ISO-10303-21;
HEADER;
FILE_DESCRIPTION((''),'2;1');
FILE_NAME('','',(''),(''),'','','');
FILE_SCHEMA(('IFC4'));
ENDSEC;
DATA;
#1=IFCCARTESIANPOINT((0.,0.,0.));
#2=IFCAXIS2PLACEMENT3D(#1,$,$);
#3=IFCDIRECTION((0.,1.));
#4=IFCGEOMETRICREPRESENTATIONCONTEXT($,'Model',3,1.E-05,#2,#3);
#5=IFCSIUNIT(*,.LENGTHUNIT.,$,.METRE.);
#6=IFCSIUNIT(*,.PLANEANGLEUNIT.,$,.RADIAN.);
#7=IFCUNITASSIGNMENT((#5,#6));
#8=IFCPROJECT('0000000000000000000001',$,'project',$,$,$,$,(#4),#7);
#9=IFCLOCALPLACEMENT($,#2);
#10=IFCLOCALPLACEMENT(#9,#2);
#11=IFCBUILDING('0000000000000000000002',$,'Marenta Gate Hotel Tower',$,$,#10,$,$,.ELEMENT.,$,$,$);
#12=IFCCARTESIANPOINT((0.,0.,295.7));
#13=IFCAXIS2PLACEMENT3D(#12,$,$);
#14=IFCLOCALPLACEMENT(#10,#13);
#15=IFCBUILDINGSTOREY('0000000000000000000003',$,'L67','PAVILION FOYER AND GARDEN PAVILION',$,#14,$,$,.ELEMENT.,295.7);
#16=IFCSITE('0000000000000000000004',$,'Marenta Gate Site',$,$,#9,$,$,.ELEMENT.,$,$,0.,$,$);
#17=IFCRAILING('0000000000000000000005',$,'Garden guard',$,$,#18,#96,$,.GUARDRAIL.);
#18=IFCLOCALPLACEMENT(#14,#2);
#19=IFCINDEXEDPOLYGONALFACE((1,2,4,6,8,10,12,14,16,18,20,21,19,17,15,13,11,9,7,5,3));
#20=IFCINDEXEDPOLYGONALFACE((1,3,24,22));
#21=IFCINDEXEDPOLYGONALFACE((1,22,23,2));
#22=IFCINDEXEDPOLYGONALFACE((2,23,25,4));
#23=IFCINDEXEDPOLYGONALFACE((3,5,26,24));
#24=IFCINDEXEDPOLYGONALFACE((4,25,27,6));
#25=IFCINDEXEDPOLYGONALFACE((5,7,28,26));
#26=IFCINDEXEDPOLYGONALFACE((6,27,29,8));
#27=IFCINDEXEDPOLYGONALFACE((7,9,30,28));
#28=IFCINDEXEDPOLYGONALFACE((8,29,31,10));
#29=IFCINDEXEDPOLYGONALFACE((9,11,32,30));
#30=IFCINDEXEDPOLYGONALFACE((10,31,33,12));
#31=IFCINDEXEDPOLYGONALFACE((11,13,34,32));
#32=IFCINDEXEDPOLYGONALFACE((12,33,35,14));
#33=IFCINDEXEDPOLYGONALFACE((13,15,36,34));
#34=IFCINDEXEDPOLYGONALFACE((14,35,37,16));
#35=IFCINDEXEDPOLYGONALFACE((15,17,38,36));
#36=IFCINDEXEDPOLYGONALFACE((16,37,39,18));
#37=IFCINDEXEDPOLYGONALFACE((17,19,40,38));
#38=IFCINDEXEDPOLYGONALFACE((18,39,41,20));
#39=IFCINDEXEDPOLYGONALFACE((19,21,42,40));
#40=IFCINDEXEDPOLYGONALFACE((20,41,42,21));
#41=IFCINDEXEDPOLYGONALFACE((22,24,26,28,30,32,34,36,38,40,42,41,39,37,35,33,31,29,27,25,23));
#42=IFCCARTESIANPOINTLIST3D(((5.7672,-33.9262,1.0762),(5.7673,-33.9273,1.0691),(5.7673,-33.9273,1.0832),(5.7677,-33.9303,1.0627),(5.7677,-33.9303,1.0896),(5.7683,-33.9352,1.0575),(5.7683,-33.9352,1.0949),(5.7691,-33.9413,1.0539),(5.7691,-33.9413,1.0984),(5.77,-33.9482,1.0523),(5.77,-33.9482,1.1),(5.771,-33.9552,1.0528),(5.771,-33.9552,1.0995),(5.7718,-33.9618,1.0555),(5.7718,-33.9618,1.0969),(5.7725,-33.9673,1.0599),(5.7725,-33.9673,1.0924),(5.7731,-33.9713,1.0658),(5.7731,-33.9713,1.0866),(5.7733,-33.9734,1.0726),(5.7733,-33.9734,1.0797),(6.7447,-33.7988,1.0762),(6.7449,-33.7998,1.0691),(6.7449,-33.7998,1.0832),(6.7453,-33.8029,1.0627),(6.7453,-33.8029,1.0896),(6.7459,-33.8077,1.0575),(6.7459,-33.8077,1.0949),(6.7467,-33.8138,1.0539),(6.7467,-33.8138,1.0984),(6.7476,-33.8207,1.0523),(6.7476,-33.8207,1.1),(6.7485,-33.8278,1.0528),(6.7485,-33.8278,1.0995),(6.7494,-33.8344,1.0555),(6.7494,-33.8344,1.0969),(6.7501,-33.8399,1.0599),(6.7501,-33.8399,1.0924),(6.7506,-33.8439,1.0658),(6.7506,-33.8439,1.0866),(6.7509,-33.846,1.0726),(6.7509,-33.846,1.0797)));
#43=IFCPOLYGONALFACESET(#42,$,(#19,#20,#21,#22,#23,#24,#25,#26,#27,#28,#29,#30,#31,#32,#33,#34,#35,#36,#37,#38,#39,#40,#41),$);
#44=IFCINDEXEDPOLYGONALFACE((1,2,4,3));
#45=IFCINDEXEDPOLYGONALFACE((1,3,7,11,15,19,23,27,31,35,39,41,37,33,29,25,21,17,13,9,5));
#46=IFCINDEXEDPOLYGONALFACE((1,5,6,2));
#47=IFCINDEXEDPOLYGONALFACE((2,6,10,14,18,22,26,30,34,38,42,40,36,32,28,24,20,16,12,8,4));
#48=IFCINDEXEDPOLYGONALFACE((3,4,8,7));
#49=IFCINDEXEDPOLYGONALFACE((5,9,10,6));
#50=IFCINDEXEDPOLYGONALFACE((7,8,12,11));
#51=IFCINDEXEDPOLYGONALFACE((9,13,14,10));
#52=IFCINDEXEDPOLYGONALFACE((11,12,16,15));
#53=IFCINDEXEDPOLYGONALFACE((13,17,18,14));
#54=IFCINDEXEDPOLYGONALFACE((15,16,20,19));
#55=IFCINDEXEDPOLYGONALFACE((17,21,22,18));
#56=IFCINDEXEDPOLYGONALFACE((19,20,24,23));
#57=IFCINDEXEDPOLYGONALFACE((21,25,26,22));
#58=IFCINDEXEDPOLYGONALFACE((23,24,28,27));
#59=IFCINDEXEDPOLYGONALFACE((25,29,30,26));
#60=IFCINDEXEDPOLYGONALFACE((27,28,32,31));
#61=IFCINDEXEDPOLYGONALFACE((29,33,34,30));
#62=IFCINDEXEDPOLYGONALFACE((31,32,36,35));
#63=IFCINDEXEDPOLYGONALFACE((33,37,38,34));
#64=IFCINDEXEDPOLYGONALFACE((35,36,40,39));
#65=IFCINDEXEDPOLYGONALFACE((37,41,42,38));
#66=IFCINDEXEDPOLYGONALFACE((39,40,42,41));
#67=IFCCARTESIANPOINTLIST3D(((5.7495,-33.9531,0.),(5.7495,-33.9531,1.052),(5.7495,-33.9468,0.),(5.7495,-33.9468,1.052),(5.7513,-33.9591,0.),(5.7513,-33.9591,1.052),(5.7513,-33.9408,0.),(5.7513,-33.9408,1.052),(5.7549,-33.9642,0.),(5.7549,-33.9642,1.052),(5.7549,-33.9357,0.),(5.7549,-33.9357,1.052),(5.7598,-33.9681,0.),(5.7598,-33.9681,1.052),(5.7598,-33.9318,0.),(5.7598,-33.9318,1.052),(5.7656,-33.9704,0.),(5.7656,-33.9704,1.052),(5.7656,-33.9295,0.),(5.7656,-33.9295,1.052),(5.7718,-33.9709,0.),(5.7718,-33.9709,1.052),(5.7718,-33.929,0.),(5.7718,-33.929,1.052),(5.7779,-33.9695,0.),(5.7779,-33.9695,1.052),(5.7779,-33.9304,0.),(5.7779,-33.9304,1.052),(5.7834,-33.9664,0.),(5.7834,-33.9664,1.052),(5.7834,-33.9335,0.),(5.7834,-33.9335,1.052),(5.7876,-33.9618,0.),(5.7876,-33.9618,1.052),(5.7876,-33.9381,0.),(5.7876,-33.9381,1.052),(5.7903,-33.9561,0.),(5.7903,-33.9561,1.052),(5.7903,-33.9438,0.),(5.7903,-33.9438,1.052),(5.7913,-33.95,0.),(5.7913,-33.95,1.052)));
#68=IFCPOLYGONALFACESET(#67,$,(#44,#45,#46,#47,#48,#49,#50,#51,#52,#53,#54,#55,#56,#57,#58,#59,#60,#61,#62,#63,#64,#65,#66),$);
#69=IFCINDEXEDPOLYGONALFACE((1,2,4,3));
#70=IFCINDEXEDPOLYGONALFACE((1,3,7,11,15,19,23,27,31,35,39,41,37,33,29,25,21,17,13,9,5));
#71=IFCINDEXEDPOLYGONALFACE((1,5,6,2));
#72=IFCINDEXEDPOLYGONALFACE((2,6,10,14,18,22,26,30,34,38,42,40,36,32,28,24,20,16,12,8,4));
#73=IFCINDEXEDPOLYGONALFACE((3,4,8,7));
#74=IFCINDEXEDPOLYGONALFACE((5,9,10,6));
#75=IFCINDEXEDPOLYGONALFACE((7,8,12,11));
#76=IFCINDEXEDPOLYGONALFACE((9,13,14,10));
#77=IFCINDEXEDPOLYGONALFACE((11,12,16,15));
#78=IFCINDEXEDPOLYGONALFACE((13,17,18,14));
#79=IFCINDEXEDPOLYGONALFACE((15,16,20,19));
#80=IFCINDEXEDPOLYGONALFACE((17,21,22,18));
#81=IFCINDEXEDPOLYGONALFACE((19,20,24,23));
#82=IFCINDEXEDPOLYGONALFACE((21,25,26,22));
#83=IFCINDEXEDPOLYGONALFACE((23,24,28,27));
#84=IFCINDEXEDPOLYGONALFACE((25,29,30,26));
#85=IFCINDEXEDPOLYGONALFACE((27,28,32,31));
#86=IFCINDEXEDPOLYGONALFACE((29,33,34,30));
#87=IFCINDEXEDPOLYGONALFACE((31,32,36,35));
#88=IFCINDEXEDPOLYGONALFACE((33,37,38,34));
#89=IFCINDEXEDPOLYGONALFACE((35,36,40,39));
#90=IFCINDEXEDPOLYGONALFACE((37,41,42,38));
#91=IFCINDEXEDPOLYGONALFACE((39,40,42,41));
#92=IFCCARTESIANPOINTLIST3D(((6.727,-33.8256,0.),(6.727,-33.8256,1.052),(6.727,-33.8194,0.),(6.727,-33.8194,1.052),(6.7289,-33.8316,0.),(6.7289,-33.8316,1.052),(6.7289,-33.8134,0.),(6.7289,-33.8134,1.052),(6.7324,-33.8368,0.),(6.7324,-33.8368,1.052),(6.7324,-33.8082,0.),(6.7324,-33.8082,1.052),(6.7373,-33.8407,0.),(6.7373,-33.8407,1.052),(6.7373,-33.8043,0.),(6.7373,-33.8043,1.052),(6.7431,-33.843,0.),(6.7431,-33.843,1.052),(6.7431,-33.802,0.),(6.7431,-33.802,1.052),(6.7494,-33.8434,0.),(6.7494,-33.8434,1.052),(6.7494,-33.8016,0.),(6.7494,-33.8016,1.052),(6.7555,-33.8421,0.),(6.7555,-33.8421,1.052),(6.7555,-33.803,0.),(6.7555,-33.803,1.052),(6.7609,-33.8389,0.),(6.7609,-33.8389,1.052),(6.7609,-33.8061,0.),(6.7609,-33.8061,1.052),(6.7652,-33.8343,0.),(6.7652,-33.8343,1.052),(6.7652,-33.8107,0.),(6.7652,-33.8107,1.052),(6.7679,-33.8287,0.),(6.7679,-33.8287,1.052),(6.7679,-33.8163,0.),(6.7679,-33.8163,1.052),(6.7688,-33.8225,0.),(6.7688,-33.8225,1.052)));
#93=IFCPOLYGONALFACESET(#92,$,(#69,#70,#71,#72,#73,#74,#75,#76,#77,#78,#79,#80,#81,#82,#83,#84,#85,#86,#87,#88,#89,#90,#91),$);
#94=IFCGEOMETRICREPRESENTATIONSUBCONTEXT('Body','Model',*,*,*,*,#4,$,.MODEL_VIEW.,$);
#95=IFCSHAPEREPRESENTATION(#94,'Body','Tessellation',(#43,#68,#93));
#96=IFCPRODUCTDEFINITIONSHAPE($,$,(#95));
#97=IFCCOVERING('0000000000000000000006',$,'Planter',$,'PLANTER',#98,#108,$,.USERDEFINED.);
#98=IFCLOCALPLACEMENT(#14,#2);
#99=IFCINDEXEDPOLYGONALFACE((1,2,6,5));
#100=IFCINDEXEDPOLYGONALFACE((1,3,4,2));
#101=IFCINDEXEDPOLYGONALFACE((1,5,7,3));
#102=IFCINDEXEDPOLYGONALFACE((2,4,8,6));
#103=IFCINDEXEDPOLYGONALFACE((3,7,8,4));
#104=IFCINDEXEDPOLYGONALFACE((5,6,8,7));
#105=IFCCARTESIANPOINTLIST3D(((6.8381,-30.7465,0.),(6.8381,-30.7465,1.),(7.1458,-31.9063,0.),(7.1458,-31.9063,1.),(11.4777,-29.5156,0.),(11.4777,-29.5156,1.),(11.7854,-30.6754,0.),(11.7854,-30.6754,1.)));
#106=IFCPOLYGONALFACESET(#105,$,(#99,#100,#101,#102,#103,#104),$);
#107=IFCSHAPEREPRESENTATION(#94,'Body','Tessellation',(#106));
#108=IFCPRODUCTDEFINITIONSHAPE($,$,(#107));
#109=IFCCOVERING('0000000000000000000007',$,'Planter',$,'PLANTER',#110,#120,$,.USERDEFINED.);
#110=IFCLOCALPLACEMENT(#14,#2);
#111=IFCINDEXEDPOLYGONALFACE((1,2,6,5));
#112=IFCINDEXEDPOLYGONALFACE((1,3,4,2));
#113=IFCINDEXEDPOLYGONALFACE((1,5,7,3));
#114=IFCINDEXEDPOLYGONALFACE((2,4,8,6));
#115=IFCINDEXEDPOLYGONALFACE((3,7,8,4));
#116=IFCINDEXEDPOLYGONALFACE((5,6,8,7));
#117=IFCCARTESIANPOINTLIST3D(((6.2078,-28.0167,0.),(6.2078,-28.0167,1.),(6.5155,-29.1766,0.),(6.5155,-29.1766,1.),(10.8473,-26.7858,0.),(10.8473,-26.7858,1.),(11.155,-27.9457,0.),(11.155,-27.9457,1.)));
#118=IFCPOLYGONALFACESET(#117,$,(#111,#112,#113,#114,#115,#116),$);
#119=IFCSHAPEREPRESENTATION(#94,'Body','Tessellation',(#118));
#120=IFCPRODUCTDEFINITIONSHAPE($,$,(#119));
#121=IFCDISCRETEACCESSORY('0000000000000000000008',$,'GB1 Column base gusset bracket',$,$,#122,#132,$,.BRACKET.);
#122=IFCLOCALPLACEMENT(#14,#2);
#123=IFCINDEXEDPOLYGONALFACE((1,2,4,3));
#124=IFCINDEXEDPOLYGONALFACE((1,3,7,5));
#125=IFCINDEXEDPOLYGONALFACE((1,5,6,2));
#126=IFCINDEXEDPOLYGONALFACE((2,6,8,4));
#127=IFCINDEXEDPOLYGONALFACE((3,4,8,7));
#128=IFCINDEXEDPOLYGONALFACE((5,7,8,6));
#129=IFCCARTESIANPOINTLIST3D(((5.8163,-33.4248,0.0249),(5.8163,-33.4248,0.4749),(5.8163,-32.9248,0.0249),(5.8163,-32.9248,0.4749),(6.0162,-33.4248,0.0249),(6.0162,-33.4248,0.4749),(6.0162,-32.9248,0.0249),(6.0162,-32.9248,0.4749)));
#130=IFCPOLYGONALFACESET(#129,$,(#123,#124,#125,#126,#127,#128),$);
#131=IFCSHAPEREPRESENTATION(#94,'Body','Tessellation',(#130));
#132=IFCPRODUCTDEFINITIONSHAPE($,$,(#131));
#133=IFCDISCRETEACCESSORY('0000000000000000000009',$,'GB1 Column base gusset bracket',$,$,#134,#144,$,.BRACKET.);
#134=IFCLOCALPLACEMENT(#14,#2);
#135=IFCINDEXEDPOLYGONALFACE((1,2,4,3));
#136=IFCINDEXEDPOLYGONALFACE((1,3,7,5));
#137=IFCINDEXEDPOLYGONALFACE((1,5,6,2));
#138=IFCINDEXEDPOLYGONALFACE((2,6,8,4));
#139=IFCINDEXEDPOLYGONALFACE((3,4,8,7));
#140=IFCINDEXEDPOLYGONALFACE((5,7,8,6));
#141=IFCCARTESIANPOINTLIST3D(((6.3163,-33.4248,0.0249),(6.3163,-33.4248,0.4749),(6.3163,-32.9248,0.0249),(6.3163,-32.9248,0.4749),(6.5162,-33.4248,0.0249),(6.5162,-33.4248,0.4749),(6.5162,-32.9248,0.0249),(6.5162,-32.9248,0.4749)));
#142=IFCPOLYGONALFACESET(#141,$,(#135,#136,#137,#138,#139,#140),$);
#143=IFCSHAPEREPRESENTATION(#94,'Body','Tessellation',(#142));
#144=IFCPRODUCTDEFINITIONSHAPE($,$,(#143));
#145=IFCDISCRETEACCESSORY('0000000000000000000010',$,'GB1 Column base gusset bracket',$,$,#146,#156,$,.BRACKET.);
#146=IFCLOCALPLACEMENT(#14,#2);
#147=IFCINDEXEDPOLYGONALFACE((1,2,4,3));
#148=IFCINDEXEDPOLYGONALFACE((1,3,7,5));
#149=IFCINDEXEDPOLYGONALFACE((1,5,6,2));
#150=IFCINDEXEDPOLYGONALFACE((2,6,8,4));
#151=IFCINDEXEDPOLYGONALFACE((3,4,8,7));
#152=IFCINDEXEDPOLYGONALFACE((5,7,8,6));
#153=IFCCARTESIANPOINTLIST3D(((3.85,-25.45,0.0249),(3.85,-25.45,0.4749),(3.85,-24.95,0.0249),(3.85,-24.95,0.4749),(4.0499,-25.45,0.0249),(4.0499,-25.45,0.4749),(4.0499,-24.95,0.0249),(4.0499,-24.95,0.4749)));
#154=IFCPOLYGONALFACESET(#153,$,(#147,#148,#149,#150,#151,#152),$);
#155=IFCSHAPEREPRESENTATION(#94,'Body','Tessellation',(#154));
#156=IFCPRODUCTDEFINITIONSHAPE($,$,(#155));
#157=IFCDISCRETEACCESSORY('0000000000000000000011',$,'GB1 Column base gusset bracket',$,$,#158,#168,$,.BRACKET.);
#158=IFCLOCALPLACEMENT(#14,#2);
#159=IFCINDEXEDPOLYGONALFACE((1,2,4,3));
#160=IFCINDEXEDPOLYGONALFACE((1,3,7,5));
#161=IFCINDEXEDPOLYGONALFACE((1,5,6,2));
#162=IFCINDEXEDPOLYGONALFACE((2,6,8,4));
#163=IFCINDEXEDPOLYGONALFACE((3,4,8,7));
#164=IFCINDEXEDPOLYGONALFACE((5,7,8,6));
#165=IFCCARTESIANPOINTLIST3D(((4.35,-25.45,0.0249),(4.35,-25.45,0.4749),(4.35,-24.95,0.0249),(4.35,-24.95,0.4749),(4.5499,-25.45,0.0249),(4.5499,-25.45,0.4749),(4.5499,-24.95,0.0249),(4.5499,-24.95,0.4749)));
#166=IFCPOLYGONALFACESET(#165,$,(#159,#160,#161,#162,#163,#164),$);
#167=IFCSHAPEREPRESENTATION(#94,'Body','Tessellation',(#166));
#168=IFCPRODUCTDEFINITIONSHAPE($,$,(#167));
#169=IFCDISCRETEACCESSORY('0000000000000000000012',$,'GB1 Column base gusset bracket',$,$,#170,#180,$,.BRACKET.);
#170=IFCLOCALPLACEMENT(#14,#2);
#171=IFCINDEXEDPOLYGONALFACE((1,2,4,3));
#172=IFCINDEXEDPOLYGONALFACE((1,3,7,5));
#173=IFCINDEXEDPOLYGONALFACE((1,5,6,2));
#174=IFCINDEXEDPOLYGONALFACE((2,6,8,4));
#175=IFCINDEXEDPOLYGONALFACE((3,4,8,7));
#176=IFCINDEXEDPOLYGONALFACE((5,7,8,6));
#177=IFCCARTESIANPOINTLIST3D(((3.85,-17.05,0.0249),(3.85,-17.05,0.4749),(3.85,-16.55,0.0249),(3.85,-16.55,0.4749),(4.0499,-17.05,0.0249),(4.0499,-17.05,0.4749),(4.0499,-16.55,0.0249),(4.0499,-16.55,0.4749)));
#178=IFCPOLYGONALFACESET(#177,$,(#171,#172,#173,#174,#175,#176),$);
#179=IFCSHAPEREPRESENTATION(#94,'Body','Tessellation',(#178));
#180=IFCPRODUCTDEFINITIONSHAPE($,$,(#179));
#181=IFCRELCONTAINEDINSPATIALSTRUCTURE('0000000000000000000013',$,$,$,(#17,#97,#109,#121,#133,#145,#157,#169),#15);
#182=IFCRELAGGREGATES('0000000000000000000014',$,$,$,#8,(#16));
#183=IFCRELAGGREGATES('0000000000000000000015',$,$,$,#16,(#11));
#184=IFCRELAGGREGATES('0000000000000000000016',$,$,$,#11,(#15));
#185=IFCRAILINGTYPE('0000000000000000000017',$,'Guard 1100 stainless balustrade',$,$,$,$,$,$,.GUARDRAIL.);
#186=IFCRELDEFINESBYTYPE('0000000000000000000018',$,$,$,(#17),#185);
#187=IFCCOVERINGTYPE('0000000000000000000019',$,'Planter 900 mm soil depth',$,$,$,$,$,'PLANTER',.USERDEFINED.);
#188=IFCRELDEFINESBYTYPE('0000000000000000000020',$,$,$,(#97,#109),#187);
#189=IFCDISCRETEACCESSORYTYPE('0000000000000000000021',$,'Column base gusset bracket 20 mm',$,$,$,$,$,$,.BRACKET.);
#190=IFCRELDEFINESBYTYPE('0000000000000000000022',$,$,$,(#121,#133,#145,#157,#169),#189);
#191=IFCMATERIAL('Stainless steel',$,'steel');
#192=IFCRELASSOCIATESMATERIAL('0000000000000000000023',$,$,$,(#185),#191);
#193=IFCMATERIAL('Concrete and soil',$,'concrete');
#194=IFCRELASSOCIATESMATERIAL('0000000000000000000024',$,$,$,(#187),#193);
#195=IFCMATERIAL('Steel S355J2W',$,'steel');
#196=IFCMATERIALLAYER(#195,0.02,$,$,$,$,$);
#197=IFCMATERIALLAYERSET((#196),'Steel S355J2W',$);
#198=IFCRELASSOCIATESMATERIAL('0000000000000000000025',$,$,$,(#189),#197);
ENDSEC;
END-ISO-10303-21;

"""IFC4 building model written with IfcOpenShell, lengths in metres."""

from ifc_helpers import new_model, si_unit, direction, frame, origin, origin_2d, place, context, subcontext, project, spatial, rectangle, circle, extrude, material, layer, layer_set, type_object, element, save


model = new_model("IFC4")

# Units and contexts
model_context = context("Model", 3, precision=1e-05, world=origin(), true_north=direction((0.0, 1.0)))
body_context = subcontext(model_context, "Body", "Model", "MODEL_VIEW")
ifc_project = project(units=[si_unit("LENGTHUNIT", "METRE"), si_unit("PLANEANGLEUNIT", "RADIAN")], contexts=[model_context])

# Site, building, storey
site_placement = place(None, origin())
site = spatial("IfcSite", under=ifc_project, at=site_placement, Name="Marenta Gate Site", CompositionType="ELEMENT", RefElevation=0.0)
building_placement = place(site_placement, origin())
building = spatial("IfcBuilding", under=site, at=building_placement, Name="Marenta Gate Hotel Tower", CompositionType="ELEMENT")
storey_placement = place(building_placement, frame((0.0, 0.0, 295.7)))
storey = spatial("IfcBuildingStorey", under=building, at=storey_placement, Name="L67", Description="PAVILION FOYER AND GARDEN PAVILION", CompositionType="ELEMENT", Elevation=295.7)

# Railing
ifc_material_1 = material(Name="Stainless steel", Category="steel")
railing_type = type_object("IfcRailingType", Name="Guard 1100 stainless balustrade", PredefinedType="GUARDRAIL", material=ifc_material_1)
railing_1_placement = place(storey_placement, frame((5.7703, -33.95, 0.0)))
element("IfcRailing", 1, at=railing_1_placement, inside=storey, type_object=railing_type, Name="Garden guard", PredefinedType="GUARDRAIL", context=body_context, shape_type="SweptSolid", body=[
    extrude(circle(Radius=0.0239, at=origin_2d()), frame((0.0, 0.0, 1.0762), z_axis=(0.991609, 0.129276, 0.0), x_axis=(-0.129276, 0.991609, 0.0)), (0.0, 0.0, 1.0), 0.9858),
    extrude(circle(Radius=0.021, at=origin_2d()), origin(), (0.0, 0.0, 1.0), 1.052),
    extrude(circle(Radius=0.021, at=origin_2d()), frame((0.9775, 0.1274, 0.0)), (0.0, 0.0, 1.0), 1.052),
])

# Coverings
ifc_material_2 = material(Name="Concrete and soil", Category="concrete")
covering_type = type_object("IfcCoveringType", Name="Planter 900 mm soil depth", ElementType="PLANTER", PredefinedType="USERDEFINED", material=ifc_material_2)
for number, where, z_axis, x_axis, name in (
    (2, (9.3118, -30.7109, 0.0), (0.0, 0.0, 1.0), (0.966562, 0.256433, 0.0), "Planter"),
    (3, (8.6814, -27.9812, 0.0), (0.0, 0.0, 1.0), (0.966562, 0.256433, 0.0), "Planter"),
):
    element("IfcCovering", number, at=place(storey_placement, frame(where, z_axis=z_axis, x_axis=x_axis)), inside=storey, type_object=covering_type, Name=name, ObjectType="PLANTER", PredefinedType="USERDEFINED", context=body_context, shape_type="SweptSolid", body=[
        extrude(rectangle(XDim=4.8, YDim=1.2, at=origin_2d()), origin(), (0.0, 0.0, 1.0), 1.0),
    ])

# Discrete accessories
ifc_material_3 = material(Name="Steel S355J2W", Category="steel")
ifc_layer_1 = layer(ifc_material_3, 0.02)
ifc_layer_set_1 = layer_set([ifc_layer_1], Name="Steel S355J2W")
discrete_accessory_type = type_object("IfcDiscreteAccessoryType", Name="Column base gusset bracket 20 mm", PredefinedType="BRACKET", material=ifc_layer_set_1)
for number, where, z_axis, x_axis, name in (
    (4, (5.9163, -33.1748, 0.0249), (0.0, 0.0, 1.0), (1.0, 0.0, 0.0), "GB1 Column base gusset bracket"),
    (5, (6.4163, -33.1748, 0.0249), (0.0, 0.0, 1.0), (1.0, 0.0, 0.0), "GB1 Column base gusset bracket"),
    (6, (3.95, -25.2, 0.0249), (0.0, 0.0, 1.0), (1.0, 0.0, 0.0), "GB1 Column base gusset bracket"),
    (7, (4.45, -25.2, 0.0249), (0.0, 0.0, 1.0), (1.0, 0.0, 0.0), "GB1 Column base gusset bracket"),
    (8, (3.95, -16.8, 0.0249), (0.0, 0.0, 1.0), (1.0, 0.0, 0.0), "GB1 Column base gusset bracket"),
):
    element("IfcDiscreteAccessory", number, at=place(storey_placement, frame(where, z_axis=z_axis, x_axis=x_axis)), inside=storey, type_object=discrete_accessory_type, Name=name, PredefinedType="BRACKET", context=body_context, shape_type="SweptSolid", body=[
        extrude(rectangle(XDim=0.2, YDim=0.5, at=origin_2d()), origin(), (0.0, 0.0, 1.0), 0.45),
    ])

save(model, "model.ifc")
